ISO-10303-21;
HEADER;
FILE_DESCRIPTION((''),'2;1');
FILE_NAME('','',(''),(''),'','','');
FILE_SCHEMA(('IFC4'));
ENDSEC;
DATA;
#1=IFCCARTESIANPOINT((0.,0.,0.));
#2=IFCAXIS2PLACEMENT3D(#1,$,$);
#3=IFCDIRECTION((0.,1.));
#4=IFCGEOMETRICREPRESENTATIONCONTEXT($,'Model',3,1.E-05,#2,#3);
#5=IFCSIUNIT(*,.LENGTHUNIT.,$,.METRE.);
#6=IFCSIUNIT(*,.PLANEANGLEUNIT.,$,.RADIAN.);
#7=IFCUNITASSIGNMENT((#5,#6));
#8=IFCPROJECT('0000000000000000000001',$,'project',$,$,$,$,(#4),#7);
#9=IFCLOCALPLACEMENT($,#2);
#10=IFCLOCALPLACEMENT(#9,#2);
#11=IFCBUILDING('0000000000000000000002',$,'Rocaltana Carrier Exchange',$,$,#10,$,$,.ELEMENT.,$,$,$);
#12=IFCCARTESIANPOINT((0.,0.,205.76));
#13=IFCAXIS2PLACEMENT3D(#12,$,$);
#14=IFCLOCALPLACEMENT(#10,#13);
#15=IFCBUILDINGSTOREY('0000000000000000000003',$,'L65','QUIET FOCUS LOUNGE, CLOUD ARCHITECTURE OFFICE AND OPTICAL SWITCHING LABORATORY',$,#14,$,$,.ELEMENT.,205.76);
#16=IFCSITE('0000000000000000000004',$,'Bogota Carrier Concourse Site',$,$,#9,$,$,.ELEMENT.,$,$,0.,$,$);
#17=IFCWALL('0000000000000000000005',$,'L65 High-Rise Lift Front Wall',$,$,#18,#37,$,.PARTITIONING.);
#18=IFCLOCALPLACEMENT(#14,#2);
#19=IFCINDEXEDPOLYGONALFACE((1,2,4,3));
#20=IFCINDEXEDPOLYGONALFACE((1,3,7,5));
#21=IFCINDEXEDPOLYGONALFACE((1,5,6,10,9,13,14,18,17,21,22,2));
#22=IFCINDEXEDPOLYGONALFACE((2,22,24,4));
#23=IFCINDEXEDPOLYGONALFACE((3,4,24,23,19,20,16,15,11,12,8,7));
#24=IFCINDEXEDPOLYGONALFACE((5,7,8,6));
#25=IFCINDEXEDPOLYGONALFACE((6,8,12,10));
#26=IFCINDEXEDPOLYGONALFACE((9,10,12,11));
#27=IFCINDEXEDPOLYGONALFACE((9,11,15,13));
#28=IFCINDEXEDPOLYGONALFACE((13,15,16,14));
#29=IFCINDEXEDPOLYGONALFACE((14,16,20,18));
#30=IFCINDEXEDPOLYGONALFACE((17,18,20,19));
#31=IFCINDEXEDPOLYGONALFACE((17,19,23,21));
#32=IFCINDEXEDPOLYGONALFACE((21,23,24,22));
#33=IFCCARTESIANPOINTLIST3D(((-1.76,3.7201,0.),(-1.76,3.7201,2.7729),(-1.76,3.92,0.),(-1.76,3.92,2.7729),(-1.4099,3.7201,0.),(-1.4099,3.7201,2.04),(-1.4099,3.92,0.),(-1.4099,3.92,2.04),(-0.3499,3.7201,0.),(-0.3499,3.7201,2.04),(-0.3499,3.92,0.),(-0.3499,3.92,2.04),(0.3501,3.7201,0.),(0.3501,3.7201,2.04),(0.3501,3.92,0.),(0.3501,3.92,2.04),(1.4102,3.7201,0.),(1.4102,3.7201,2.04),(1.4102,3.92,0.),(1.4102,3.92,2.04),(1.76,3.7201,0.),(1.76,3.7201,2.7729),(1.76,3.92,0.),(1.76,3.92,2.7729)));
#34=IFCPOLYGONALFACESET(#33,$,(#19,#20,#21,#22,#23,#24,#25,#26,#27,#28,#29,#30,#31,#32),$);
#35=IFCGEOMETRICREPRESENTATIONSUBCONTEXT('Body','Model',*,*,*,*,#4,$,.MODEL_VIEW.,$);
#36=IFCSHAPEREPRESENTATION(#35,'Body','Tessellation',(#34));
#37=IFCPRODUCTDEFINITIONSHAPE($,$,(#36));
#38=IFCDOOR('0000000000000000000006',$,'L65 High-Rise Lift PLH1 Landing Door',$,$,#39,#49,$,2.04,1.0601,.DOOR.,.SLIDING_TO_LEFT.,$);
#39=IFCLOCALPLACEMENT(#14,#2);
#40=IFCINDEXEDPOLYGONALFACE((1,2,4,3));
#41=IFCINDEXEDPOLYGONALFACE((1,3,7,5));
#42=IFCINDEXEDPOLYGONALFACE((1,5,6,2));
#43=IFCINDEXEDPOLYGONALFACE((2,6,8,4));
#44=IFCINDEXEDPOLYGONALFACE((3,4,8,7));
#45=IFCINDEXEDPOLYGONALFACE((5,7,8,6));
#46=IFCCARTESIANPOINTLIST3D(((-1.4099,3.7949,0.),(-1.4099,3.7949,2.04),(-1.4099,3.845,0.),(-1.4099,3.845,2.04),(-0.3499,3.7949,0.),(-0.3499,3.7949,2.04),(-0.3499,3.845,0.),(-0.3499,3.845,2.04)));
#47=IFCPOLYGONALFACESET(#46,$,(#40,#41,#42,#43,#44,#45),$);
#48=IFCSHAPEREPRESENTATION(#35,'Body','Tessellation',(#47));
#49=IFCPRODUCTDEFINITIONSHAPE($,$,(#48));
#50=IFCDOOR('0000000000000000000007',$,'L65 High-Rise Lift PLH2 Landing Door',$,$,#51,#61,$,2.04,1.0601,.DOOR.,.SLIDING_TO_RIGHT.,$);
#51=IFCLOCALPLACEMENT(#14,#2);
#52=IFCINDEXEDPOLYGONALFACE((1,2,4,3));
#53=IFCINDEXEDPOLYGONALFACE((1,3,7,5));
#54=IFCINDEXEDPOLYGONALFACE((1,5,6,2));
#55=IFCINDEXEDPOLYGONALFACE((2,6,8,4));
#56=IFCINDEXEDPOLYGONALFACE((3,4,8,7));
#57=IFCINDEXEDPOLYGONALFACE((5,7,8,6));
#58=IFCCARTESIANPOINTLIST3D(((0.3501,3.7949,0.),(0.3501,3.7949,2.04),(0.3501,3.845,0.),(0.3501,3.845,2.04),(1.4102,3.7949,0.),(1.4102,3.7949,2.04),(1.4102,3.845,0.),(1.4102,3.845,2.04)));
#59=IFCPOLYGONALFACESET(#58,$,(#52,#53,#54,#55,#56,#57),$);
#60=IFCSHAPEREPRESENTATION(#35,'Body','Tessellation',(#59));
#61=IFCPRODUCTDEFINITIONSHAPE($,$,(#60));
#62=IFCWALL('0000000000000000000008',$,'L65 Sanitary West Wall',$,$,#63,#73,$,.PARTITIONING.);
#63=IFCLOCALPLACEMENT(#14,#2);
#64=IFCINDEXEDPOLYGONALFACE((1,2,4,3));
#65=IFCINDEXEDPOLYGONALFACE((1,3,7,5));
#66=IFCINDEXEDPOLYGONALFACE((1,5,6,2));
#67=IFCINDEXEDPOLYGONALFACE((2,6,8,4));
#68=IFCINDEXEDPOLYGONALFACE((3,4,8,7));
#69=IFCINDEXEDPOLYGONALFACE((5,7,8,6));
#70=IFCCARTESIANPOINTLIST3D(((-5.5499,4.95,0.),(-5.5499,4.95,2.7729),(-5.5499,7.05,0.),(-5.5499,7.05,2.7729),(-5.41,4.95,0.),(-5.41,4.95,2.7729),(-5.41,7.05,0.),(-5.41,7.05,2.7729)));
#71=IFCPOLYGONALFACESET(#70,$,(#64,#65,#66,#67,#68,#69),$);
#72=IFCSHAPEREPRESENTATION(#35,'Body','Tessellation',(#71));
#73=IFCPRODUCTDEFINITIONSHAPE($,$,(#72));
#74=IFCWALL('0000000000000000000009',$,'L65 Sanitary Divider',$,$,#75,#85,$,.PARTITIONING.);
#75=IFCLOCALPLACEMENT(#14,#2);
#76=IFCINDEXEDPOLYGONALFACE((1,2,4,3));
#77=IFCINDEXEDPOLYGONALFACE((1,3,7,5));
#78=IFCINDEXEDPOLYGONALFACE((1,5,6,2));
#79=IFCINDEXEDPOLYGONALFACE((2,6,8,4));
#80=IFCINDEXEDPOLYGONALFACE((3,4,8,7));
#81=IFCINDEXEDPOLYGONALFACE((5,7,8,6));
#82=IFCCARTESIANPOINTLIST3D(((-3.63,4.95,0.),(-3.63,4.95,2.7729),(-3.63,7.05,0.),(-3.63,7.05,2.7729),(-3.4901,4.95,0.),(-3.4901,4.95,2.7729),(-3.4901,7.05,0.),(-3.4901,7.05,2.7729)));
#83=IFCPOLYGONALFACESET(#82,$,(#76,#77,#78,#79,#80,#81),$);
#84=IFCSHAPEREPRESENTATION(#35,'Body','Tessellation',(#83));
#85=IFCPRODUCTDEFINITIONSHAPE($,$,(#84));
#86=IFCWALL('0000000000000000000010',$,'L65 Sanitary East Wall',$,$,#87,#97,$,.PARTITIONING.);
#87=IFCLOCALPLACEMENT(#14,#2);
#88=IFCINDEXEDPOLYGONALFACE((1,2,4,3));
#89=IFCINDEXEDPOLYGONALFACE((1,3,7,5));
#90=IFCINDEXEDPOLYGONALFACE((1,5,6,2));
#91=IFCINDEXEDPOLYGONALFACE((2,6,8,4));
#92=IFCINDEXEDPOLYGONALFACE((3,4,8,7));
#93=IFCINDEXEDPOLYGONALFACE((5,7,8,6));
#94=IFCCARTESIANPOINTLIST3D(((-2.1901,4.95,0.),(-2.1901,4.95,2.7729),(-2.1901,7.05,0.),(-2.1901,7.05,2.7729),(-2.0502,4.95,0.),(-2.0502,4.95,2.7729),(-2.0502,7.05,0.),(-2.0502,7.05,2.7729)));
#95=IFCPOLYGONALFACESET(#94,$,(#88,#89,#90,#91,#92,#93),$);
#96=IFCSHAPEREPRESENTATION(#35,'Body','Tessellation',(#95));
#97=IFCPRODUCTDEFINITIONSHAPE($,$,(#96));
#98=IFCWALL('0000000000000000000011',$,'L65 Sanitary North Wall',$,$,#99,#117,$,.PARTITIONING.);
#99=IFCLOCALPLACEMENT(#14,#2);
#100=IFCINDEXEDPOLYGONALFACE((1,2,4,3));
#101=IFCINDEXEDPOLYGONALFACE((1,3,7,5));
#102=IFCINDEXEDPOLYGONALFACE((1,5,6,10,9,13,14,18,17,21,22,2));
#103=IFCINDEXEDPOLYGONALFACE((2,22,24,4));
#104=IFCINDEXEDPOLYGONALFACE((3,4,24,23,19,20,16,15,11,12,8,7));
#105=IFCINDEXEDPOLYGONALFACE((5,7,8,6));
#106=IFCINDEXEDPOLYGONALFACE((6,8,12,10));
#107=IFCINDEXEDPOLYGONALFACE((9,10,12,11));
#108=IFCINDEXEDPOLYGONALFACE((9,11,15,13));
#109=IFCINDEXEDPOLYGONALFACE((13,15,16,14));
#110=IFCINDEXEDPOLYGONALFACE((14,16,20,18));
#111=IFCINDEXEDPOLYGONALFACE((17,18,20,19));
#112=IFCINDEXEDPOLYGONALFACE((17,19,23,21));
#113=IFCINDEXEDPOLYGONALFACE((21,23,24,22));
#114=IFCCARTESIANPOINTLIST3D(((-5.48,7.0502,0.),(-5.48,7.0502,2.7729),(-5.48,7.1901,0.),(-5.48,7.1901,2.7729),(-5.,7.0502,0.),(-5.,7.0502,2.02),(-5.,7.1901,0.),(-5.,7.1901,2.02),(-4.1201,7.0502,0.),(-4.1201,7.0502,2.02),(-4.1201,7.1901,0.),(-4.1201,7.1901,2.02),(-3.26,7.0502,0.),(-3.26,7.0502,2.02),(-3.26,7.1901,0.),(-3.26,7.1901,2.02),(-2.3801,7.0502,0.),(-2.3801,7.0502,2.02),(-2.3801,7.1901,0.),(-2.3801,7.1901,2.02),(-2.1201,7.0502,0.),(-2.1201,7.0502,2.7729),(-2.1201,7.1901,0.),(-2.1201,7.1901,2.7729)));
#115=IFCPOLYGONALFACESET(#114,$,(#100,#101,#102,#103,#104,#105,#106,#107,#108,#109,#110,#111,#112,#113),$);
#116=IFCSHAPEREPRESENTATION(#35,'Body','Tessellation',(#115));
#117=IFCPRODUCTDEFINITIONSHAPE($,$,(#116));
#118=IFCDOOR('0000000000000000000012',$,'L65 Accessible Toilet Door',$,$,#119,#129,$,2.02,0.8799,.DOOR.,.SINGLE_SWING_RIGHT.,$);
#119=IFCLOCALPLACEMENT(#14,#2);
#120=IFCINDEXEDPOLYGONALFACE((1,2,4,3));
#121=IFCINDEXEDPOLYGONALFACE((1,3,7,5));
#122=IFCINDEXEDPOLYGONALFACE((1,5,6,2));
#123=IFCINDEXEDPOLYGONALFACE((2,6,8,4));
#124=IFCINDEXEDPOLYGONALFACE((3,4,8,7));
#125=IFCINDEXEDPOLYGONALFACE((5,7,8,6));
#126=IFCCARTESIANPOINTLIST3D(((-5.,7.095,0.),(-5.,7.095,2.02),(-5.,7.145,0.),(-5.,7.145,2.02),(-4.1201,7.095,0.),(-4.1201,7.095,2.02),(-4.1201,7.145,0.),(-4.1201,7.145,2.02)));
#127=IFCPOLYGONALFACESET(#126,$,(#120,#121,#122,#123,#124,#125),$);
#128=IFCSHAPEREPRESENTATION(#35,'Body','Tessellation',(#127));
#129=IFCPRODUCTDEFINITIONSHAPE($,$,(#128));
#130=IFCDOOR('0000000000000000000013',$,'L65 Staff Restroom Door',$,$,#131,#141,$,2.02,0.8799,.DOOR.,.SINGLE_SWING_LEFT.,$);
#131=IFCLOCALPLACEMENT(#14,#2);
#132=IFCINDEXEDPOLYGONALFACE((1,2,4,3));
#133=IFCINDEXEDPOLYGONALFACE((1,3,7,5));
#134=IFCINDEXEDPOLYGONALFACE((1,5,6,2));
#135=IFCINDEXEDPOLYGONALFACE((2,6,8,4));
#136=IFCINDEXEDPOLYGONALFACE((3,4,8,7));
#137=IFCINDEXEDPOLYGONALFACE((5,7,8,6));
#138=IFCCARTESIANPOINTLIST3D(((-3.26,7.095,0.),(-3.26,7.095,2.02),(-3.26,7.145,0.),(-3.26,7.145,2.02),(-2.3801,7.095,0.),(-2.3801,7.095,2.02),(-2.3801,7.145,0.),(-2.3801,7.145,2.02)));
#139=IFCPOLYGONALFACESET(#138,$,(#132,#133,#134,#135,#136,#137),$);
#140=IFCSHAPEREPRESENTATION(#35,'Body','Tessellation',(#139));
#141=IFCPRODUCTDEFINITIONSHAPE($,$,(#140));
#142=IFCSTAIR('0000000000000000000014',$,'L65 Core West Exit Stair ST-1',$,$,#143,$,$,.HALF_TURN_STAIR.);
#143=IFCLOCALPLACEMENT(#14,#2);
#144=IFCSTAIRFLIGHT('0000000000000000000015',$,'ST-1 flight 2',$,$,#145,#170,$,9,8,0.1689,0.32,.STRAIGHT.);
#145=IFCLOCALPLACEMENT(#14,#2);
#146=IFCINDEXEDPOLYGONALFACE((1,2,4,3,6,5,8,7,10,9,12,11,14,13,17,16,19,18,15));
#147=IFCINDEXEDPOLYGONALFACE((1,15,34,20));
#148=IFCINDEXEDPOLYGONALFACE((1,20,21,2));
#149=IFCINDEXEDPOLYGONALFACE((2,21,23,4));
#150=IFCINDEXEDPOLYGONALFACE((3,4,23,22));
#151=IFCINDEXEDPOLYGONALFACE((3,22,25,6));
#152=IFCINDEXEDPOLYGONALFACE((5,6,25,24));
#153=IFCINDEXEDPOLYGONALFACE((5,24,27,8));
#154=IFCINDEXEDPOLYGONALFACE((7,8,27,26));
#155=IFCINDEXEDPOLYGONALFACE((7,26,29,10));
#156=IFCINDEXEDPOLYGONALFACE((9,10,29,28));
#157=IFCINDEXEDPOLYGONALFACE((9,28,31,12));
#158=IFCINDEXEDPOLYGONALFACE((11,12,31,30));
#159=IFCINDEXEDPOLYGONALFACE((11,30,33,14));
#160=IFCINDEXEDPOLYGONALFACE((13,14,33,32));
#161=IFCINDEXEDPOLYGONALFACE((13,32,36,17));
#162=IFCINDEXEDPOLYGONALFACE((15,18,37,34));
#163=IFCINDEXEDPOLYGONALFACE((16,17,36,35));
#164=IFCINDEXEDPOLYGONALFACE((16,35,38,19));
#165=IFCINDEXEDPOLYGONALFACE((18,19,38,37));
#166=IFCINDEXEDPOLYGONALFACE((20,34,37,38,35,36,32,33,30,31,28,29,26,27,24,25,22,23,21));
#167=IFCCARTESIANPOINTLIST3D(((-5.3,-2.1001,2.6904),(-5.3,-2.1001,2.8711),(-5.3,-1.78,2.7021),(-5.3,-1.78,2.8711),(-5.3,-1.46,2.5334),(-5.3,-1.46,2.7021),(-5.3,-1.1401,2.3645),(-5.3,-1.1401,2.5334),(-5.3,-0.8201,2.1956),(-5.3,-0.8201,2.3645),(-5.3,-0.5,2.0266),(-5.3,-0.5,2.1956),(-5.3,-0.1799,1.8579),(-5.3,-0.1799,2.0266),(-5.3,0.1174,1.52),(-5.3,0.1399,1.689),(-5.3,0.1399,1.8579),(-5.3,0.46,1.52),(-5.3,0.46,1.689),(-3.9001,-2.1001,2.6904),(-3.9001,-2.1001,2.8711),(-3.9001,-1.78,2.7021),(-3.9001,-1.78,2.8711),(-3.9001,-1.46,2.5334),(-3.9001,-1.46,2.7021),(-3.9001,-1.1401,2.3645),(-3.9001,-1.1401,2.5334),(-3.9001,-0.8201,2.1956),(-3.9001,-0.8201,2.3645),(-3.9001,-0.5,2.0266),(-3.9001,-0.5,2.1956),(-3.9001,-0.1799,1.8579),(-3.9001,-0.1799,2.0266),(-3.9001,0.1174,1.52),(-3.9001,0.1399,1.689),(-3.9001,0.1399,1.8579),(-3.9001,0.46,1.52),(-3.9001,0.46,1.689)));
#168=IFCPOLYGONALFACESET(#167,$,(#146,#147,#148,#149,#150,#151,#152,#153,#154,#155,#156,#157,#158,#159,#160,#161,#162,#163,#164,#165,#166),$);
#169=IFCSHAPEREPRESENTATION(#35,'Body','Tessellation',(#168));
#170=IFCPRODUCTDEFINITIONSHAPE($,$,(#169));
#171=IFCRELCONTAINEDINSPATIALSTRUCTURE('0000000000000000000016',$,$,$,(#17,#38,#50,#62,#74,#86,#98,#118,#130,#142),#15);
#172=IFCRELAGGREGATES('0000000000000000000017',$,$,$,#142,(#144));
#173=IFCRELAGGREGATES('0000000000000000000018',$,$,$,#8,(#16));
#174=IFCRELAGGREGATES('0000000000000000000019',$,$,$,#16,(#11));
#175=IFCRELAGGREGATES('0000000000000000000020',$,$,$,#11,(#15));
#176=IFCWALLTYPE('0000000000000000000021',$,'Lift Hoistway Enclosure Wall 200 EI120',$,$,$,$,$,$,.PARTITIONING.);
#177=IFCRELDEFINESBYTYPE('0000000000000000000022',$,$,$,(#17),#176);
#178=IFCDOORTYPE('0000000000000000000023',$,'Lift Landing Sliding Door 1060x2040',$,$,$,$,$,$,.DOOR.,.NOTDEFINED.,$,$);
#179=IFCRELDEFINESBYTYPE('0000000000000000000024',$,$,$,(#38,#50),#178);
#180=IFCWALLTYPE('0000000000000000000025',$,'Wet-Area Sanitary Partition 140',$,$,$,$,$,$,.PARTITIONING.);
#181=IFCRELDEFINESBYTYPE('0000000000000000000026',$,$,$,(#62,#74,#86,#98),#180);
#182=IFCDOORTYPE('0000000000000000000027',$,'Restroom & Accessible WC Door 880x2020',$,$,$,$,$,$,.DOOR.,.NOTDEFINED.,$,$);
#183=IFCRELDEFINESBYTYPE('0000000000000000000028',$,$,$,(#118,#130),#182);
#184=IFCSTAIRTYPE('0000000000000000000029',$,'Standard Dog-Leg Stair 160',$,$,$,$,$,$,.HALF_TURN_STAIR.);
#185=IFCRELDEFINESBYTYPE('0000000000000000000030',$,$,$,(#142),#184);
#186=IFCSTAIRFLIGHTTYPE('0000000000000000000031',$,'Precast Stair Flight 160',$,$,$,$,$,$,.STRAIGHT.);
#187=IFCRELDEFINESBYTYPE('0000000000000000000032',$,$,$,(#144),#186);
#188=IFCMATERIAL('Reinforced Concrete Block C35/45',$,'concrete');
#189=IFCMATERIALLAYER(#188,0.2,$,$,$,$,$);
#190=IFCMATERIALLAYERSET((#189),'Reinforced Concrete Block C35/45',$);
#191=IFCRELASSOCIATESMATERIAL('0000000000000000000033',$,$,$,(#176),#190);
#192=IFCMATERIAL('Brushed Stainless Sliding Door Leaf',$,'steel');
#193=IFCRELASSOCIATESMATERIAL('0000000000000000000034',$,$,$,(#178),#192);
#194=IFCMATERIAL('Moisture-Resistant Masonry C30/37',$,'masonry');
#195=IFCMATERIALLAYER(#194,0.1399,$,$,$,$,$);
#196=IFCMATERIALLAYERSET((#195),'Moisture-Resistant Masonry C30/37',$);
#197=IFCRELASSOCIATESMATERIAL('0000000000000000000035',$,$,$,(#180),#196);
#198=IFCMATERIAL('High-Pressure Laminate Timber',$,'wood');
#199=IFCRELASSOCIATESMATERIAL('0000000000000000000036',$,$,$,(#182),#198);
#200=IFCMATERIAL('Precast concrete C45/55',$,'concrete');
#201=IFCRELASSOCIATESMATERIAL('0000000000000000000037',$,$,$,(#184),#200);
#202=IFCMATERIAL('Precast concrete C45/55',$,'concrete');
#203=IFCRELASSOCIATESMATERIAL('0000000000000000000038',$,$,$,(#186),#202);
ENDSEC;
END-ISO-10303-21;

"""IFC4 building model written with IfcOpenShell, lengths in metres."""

from ifc_helpers import new_model, si_unit, direction, frame, frame_2d, origin, place, context, subcontext, project, spatial, polyline, rectangle, outline, extrude, material, layer, layer_set, type_object, element, fill, aggregate, save


model = new_model("IFC4")

# Units and contexts
model_context = context("Model", 3, precision=1e-05, world=origin(), true_north=direction((0.0, 1.0)))
body_context = subcontext(model_context, "Body", "Model", "MODEL_VIEW")
ifc_project = project(units=[si_unit("LENGTHUNIT", "METRE"), si_unit("PLANEANGLEUNIT", "RADIAN")], contexts=[model_context])

# Site, building, storey
site_placement = place(None, origin())
site = spatial("IfcSite", under=ifc_project, at=site_placement, Name="Bogota Carrier Concourse Site", CompositionType="ELEMENT", RefElevation=0.0)
building_placement = place(site_placement, origin())
building = spatial("IfcBuilding", under=site, at=building_placement, Name="Rocaltana Carrier Exchange", CompositionType="ELEMENT")
storey_placement = place(building_placement, frame((0.0, 0.0, 205.76)))
storey = spatial("IfcBuildingStorey", under=building, at=storey_placement, Name="L65", Description="QUIET FOCUS LOUNGE, CLOUD ARCHITECTURE OFFICE AND OPTICAL SWITCHING LABORATORY", CompositionType="ELEMENT", Elevation=205.76)

# Shared definitions
ifc_material_1 = material(Name="Reinforced Concrete Block C35/45", Category="concrete")
ifc_layer_1 = layer(ifc_material_1, 0.2)
ifc_layer_set_1 = layer_set([ifc_layer_1], Name="Reinforced Concrete Block C35/45")
wall_type_1 = type_object("IfcWallType", Name="Lift Hoistway Enclosure Wall 200 EI120", PredefinedType="PARTITIONING", material=ifc_layer_set_1)

# Wall, openings, doors
wall_1_placement = place(storey_placement, frame((-1.76, 3.8201, 0.0), z_axis=(0.0, 0.0, 1.0), x_axis=(1.0, 0.0, 0.0)))
wall_1 = element("IfcWall", 1, at=wall_1_placement, inside=storey, type_object=wall_type_1, Name="L65 High-Rise Lift Front Wall", PredefinedType="PARTITIONING", context=body_context, shape_type="SweptSolid", body=[
    extrude(rectangle(XDim=3.52, YDim=0.2, at=frame_2d((1.76, 0.0))), origin(), (0.0, 0.0, 1.0), 2.7729),
])
opening_1_placement = place(wall_1_placement, frame((0.3501, 0.0, 0.0)))
opening_1 = element("IfcOpeningElement", 2, at=opening_1_placement, cuts=wall_1, PredefinedType="OPENING", context=body_context, shape_type="SweptSolid", body=[
    extrude(rectangle(XDim=1.0601, YDim=2.04, at=frame_2d((0.53, 1.02))), frame((0.0, 0.1099, 0.0), z_axis=(0.0, -1.0, 0.0), x_axis=(1.0, 0.0, 0.0)), (0.0, 0.0, 1.0), 0.22),
])
opening_2_placement = place(wall_1_placement, frame((2.1101, 0.0, 0.0)))
opening_2 = element("IfcOpeningElement", 3, at=opening_2_placement, cuts=wall_1, PredefinedType="OPENING", context=body_context, shape_type="SweptSolid", body=[
    extrude(rectangle(XDim=1.0601, YDim=2.04, at=frame_2d((0.53, 1.02))), frame((0.0, 0.1099, 0.0), z_axis=(0.0, -1.0, 0.0), x_axis=(1.0, 0.0, 0.0)), (0.0, 0.0, 1.0), 0.22),
])
ifc_material_2 = material(Name="Brushed Stainless Sliding Door Leaf", Category="steel")
door_type_1 = type_object("IfcDoorType", Name="Lift Landing Sliding Door 1060x2040", OperationType="NOTDEFINED", PredefinedType="DOOR", material=ifc_material_2)
door_1_placement = place(opening_1_placement, origin())
door_1 = element("IfcDoor", 4, at=door_1_placement, inside=storey, type_object=door_type_1, Name="L65 High-Rise Lift PLH1 Landing Door", OperationType="SLIDING_TO_LEFT", OverallHeight=2.04, OverallWidth=1.0601, PredefinedType="DOOR", context=body_context, shape_type="SweptSolid", body=[
    extrude(rectangle(XDim=1.0601, YDim=2.04, at=frame_2d((0.53, 1.02))), frame((0.0, 0.0249, 0.0), z_axis=(0.0, -1.0, 0.0), x_axis=(1.0, 0.0, 0.0)), (0.0, 0.0, 1.0), 0.05),
])
fill(opening_1, door_1)
door_2_placement = place(opening_2_placement, origin())
door_2 = element("IfcDoor", 5, at=door_2_placement, inside=storey, type_object=door_type_1, Name="L65 High-Rise Lift PLH2 Landing Door", OperationType="SLIDING_TO_RIGHT", OverallHeight=2.04, OverallWidth=1.0601, PredefinedType="DOOR", context=body_context, shape_type="SweptSolid", body=[
    extrude(rectangle(XDim=1.0601, YDim=2.04, at=frame_2d((0.53, 1.02))), frame((0.0, 0.0249, 0.0), z_axis=(0.0, -1.0, 0.0), x_axis=(1.0, 0.0, 0.0)), (0.0, 0.0, 1.0), 0.05),
])
fill(opening_2, door_2)

# Walls
ifc_material_3 = material(Name="Moisture-Resistant Masonry C30/37", Category="masonry")
ifc_layer_2 = layer(ifc_material_3, 0.1399)
ifc_layer_set_2 = layer_set([ifc_layer_2], Name="Moisture-Resistant Masonry C30/37")
wall_type_2 = type_object("IfcWallType", Name="Wet-Area Sanitary Partition 140", PredefinedType="PARTITIONING", material=ifc_layer_set_2)
for number, where, z_axis, x_axis, name in (
    (6, (-5.48, 4.95, 0.0), (0.0, 0.0, 1.0), (0.0, 1.0, 0.0), "L65 Sanitary West Wall"),
    (7, (-3.5601, 4.95, 0.0), (0.0, 0.0, 1.0), (0.0, 1.0, 0.0), "L65 Sanitary Divider"),
    (8, (-2.1201, 4.95, 0.0), (0.0, 0.0, 1.0), (0.0, 1.0, 0.0), "L65 Sanitary East Wall"),
):
    element("IfcWall", number, at=place(storey_placement, frame(where, z_axis=z_axis, x_axis=x_axis)), inside=storey, type_object=wall_type_2, Name=name, PredefinedType="PARTITIONING", context=body_context, shape_type="SweptSolid", body=[
        extrude(rectangle(XDim=2.1001, YDim=0.1399, at=frame_2d((1.05, 0.0))), origin(), (0.0, 0.0, 1.0), 2.7729),
    ])

# Wall, openings, doors
wall_2_placement = place(storey_placement, frame((-5.48, 7.1201, 0.0), z_axis=(0.0, 0.0, 1.0), x_axis=(1.0, 0.0, 0.0)))
wall_2 = element("IfcWall", 9, at=wall_2_placement, inside=storey, type_object=wall_type_2, Name="L65 Sanitary North Wall", PredefinedType="PARTITIONING", context=body_context, shape_type="SweptSolid", body=[
    extrude(rectangle(XDim=3.3599, YDim=0.1399, at=frame_2d((1.6799, 0.0))), origin(), (0.0, 0.0, 1.0), 2.7729),
])
opening_3_placement = place(wall_2_placement, frame((0.48, 0.0, 0.0)))
opening_3 = element("IfcOpeningElement", 10, at=opening_3_placement, cuts=wall_2, PredefinedType="OPENING", context=body_context, shape_type="SweptSolid", body=[
    extrude(rectangle(XDim=0.8799, YDim=2.02, at=frame_2d((0.4399, 1.01))), frame((0.0, 0.0798, 0.0), z_axis=(0.0, -1.0, 0.0), x_axis=(1.0, 0.0, 0.0)), (0.0, 0.0, 1.0), 0.1599),
])
opening_4_placement = place(wall_2_placement, frame((2.22, 0.0, 0.0)))
opening_4 = element("IfcOpeningElement", 11, at=opening_4_placement, cuts=wall_2, PredefinedType="OPENING", context=body_context, shape_type="SweptSolid", body=[
    extrude(rectangle(XDim=0.8799, YDim=2.02, at=frame_2d((0.4399, 1.01))), frame((0.0, 0.0798, 0.0), z_axis=(0.0, -1.0, 0.0), x_axis=(1.0, 0.0, 0.0)), (0.0, 0.0, 1.0), 0.1599),
])
ifc_material_4 = material(Name="High-Pressure Laminate Timber", Category="wood")
door_type_2 = type_object("IfcDoorType", Name="Restroom & Accessible WC Door 880x2020", OperationType="NOTDEFINED", PredefinedType="DOOR", material=ifc_material_4)
door_3_placement = place(opening_3_placement, origin())
door_3 = element("IfcDoor", 12, at=door_3_placement, inside=storey, type_object=door_type_2, Name="L65 Accessible Toilet Door", OperationType="SINGLE_SWING_RIGHT", OverallHeight=2.02, OverallWidth=0.8799, PredefinedType="DOOR", context=body_context, shape_type="SweptSolid", body=[
    extrude(rectangle(XDim=0.8799, YDim=2.02, at=frame_2d((0.4399, 1.01))), frame((0.0, 0.0249, 0.0), z_axis=(0.0, -1.0, 0.0), x_axis=(1.0, 0.0, 0.0)), (0.0, 0.0, 1.0), 0.05),
])
fill(opening_3, door_3)
door_4_placement = place(opening_4_placement, origin())
door_4 = element("IfcDoor", 13, at=door_4_placement, inside=storey, type_object=door_type_2, Name="L65 Staff Restroom Door", OperationType="SINGLE_SWING_LEFT", OverallHeight=2.02, OverallWidth=0.8799, PredefinedType="DOOR", context=body_context, shape_type="SweptSolid", body=[
    extrude(rectangle(XDim=0.8799, YDim=2.02, at=frame_2d((0.4399, 1.01))), frame((0.0, 0.0249, 0.0), z_axis=(0.0, -1.0, 0.0), x_axis=(1.0, 0.0, 0.0)), (0.0, 0.0, 1.0), 0.05),
])
fill(opening_4, door_4)

# Stair, stair flight
ifc_material_5 = material(Name="Precast concrete C45/55", Category="concrete")
stair_type = type_object("IfcStairType", Name="Standard Dog-Leg Stair 160", PredefinedType="HALF_TURN_STAIR", material=ifc_material_5)
stair_placement = place(storey_placement, origin())
stair = element("IfcStair", 14, at=stair_placement, inside=storey, type_object=stair_type, Name="L65 Core West Exit Stair ST-1", PredefinedType="HALF_TURN_STAIR")
ifc_material_6 = material(Name="Precast concrete C45/55", Category="concrete")
stair_flight_type = type_object("IfcStairFlightType", Name="Precast Stair Flight 160", PredefinedType="STRAIGHT", material=ifc_material_6)
stair_flight_placement = place(storey_placement, frame((-4.6001, 0.46, 1.52), z_axis=(0.0, 0.0, 1.0), x_axis=(0.0, -1.0, 0.0)))
stair_flight = element("IfcStairFlight", 15, at=stair_flight_placement, type_object=stair_flight_type, Name="ST-1 flight 2", NumberOfRisers=9, NumberOfTreads=8, PredefinedType="STRAIGHT", RiserHeight=0.1689, TreadLength=0.32, context=body_context, shape_type="SweptSolid", body=[
    extrude(outline(polyline([(0.0, 0.0), (0.0, 0.1689), (0.3201, 0.1689), (0.3201, 0.3379), (0.6399, 0.3379), (0.6399, 0.5066), (0.96, 0.5066), (0.96, 0.6755), (1.28, 0.6755), (1.28, 0.8445), (1.6001, 0.8445), (1.6001, 1.0134), (1.9199, 1.0134), (1.9199, 1.1821), (2.24, 1.1821), (2.24, 1.3511), (2.5601, 1.3511), (2.5601, 1.52), (2.5601, 1.1704), (0.3425, 0.0), (0.0, 0.0)])), frame((0.0, 0.7, 0.0), z_axis=(0.0, -1.0, 0.0), x_axis=(1.0, 0.0, 0.0)), (0.0, 0.0, 1.0), 1.3999),
])
aggregate(stair, [stair_flight])

save(model, "model.ifc")
